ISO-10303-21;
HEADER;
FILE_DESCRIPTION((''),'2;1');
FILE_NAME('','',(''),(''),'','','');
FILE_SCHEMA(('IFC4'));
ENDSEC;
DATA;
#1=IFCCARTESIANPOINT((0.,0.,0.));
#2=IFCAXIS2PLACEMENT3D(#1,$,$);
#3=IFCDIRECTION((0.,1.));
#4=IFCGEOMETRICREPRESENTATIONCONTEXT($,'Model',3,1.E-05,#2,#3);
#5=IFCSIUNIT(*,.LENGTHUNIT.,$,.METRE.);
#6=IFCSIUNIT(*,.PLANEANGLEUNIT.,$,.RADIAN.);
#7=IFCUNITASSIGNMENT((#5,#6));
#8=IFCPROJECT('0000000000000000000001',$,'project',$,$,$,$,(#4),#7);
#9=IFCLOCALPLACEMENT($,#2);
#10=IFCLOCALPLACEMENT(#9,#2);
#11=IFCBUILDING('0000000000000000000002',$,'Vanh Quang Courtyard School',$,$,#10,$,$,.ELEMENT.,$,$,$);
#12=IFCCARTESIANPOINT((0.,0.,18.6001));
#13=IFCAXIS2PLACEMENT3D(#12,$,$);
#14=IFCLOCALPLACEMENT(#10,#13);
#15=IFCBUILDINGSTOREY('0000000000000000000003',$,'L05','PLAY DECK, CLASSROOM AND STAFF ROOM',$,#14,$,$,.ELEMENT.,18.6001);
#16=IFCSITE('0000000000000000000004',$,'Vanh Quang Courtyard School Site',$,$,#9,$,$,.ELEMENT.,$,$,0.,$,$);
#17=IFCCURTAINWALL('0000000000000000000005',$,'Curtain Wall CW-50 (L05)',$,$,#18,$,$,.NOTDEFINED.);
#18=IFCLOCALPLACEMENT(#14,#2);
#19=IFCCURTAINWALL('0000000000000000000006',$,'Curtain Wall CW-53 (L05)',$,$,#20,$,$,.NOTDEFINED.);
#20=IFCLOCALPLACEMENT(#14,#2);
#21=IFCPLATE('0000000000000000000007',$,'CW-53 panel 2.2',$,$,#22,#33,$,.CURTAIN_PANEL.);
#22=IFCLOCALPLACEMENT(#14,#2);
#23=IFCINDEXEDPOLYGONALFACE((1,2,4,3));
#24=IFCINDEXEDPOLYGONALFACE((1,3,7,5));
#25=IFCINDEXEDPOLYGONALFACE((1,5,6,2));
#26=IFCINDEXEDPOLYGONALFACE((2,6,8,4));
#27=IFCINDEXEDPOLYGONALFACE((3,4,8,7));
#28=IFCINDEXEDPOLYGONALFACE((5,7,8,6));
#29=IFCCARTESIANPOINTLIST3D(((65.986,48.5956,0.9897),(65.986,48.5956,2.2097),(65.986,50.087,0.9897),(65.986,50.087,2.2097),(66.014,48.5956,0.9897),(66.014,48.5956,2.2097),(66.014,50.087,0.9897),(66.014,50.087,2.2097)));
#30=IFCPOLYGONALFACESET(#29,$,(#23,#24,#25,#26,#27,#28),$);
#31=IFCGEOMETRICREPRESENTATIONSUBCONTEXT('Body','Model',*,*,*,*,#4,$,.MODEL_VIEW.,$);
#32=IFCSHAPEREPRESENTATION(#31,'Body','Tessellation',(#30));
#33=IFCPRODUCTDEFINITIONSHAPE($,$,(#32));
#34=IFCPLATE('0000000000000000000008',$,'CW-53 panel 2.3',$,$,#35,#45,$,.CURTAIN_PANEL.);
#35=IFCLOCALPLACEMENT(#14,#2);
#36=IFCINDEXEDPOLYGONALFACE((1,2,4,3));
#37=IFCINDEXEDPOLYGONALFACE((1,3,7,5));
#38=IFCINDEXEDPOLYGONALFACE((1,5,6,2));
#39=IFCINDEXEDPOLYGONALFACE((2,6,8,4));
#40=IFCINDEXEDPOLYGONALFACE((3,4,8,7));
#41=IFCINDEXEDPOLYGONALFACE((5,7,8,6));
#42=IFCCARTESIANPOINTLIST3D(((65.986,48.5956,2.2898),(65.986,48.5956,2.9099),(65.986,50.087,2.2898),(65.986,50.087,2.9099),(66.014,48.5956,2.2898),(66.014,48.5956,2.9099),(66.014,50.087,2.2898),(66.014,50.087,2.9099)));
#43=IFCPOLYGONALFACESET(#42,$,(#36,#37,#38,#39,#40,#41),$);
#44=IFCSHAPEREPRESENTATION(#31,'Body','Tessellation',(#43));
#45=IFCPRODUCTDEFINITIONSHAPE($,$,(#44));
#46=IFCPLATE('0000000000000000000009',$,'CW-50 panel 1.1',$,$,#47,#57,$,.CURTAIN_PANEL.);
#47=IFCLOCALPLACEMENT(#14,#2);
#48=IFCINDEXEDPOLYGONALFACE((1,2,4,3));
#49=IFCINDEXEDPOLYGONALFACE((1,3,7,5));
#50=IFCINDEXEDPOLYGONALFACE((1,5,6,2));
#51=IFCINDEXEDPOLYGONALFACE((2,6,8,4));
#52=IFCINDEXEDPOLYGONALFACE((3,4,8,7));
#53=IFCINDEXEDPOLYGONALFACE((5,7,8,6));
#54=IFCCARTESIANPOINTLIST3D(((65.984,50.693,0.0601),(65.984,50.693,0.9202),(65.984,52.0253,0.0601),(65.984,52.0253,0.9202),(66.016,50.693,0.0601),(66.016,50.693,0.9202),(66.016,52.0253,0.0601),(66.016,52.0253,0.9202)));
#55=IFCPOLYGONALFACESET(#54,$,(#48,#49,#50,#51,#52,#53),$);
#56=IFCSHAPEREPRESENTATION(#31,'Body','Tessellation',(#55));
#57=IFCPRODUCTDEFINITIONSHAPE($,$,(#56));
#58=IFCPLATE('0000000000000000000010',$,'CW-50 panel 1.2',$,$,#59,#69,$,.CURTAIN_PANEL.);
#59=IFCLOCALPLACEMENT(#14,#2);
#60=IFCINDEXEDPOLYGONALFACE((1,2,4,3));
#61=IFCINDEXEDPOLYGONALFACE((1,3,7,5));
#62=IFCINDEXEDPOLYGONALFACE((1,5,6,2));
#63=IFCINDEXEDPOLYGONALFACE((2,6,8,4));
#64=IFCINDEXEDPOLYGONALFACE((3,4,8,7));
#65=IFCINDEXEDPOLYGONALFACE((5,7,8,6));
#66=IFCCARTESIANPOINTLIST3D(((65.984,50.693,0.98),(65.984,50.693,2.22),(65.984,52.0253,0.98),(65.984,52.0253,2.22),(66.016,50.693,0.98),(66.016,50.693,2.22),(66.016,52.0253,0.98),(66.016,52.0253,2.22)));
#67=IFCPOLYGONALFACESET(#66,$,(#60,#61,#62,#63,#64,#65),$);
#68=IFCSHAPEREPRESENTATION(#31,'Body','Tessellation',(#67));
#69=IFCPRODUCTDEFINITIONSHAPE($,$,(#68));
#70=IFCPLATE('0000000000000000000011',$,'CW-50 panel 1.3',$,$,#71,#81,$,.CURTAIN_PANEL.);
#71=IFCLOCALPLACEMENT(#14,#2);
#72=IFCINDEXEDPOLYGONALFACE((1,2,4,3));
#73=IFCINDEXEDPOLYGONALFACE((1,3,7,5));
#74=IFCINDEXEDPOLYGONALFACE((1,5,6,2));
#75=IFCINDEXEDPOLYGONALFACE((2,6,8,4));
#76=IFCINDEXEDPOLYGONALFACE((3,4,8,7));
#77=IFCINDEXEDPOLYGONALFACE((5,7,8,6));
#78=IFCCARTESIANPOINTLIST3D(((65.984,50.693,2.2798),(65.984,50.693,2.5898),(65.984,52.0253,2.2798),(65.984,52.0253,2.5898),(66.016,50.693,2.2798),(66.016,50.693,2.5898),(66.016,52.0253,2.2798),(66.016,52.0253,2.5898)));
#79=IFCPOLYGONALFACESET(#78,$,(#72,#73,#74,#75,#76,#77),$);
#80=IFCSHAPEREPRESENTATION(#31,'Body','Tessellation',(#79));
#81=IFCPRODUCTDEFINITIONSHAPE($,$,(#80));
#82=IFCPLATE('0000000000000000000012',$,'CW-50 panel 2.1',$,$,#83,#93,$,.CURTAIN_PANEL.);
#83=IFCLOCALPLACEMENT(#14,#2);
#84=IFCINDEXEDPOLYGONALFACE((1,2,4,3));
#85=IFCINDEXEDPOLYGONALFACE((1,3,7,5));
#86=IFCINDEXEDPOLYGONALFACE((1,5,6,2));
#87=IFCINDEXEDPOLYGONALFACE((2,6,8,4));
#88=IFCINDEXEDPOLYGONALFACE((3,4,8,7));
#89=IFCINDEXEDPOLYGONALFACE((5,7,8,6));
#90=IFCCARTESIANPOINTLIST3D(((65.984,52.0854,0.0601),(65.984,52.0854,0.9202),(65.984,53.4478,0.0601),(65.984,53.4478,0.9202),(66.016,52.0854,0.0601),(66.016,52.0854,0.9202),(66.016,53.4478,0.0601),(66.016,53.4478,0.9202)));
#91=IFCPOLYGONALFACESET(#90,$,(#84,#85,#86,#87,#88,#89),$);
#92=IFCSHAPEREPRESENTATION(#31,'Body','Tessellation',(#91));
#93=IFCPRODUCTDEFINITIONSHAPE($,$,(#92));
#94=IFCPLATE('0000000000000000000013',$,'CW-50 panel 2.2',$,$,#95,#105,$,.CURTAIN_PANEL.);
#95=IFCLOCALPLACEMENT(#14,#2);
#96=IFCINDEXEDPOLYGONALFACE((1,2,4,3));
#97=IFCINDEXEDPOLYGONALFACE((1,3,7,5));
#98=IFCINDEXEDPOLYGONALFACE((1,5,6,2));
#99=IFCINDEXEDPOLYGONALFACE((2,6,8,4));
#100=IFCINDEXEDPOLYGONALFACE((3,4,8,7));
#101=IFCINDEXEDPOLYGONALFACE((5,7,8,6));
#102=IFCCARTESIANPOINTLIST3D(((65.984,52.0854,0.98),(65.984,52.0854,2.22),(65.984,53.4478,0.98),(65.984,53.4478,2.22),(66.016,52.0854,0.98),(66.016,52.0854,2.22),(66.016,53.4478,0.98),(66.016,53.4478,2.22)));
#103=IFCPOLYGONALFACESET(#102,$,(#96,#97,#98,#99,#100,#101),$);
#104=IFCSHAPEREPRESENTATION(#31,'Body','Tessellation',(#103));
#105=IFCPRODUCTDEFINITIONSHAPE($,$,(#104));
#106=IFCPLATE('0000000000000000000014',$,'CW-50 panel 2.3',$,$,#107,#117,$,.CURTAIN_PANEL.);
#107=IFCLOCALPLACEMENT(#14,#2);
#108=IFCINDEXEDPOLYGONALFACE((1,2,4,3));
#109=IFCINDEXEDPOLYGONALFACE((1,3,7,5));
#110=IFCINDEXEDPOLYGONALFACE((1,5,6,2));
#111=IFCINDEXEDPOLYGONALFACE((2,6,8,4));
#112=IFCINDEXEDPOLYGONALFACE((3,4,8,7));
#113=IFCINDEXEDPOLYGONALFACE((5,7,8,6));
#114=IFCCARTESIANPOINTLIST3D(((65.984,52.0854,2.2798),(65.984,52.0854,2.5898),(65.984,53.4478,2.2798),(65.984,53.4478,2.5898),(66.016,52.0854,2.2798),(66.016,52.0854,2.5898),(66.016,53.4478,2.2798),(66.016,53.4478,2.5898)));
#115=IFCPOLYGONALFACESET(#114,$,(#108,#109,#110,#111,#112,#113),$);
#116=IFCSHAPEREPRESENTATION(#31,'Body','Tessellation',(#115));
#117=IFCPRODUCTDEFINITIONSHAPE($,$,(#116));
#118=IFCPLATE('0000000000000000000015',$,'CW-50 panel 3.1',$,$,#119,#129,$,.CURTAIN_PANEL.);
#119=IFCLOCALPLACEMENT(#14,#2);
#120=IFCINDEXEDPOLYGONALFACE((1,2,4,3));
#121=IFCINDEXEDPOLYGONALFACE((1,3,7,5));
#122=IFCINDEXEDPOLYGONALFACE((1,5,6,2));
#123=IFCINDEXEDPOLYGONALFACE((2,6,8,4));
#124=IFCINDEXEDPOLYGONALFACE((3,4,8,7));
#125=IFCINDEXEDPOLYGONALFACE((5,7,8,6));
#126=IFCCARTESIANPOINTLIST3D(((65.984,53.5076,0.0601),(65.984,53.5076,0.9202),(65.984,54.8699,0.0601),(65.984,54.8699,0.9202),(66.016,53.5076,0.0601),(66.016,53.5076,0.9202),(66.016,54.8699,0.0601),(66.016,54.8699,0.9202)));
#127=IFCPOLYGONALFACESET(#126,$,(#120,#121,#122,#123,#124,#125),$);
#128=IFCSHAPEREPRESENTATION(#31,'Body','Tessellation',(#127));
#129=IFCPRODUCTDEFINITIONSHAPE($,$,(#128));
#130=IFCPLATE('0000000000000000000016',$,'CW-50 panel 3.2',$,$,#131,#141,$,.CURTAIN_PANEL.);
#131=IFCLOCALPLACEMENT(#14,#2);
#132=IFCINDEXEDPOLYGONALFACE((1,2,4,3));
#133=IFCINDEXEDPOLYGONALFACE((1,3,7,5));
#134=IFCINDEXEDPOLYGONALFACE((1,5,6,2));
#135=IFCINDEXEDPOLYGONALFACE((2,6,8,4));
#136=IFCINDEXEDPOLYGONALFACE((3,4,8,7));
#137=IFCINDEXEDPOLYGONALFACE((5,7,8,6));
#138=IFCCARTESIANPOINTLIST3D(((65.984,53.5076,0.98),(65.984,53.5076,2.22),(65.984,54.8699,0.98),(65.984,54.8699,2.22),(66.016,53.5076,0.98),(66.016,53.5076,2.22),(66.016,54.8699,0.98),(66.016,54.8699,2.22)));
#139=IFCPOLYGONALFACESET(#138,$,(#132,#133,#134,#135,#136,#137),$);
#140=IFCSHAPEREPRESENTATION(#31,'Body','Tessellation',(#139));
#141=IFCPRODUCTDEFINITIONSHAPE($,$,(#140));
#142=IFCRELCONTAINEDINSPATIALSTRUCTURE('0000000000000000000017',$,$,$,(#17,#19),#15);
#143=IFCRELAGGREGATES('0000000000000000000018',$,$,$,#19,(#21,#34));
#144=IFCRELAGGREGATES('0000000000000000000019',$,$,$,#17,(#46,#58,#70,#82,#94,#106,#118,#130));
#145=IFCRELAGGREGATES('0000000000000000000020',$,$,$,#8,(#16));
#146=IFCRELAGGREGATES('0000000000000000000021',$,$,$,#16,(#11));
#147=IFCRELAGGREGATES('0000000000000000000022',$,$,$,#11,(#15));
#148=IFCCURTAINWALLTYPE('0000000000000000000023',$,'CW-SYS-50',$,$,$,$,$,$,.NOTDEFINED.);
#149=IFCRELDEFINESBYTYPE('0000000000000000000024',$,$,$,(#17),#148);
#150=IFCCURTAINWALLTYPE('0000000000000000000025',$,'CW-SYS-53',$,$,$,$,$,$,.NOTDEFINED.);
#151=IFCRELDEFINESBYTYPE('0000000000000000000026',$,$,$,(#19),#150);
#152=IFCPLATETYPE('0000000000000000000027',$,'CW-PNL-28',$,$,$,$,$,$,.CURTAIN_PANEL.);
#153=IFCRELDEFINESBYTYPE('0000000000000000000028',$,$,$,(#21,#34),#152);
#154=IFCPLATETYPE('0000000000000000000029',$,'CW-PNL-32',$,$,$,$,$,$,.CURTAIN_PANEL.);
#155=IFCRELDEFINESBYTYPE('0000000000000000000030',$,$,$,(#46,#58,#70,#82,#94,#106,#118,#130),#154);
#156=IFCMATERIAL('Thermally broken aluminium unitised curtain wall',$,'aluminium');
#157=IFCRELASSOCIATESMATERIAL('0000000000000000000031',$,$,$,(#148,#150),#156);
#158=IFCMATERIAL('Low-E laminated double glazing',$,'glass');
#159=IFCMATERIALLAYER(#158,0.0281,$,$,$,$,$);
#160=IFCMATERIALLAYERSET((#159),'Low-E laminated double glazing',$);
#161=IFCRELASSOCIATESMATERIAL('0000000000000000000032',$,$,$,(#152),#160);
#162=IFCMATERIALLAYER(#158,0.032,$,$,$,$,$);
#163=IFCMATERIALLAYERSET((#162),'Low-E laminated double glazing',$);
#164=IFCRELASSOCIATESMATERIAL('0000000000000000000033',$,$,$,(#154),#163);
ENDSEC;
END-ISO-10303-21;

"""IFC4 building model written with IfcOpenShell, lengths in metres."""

from ifc_helpers import new_model, si_unit, direction, frame, origin, origin_2d, place, context, subcontext, project, spatial, rectangle, extrude, material, layer, layer_set, type_object, element, aggregate, save


model = new_model("IFC4")

# Units and contexts
model_context = context("Model", 3, precision=1e-05, world=origin(), true_north=direction((0.0, 1.0)))
body_context = subcontext(model_context, "Body", "Model", "MODEL_VIEW")
ifc_project = project(units=[si_unit("LENGTHUNIT", "METRE"), si_unit("PLANEANGLEUNIT", "RADIAN")], contexts=[model_context])

# Site, building, storey
site_placement = place(None, origin())
site = spatial("IfcSite", under=ifc_project, at=site_placement, Name="Vanh Quang Courtyard School Site", CompositionType="ELEMENT", RefElevation=0.0)
building_placement = place(site_placement, origin())
building = spatial("IfcBuilding", under=site, at=building_placement, Name="Vanh Quang Courtyard School", CompositionType="ELEMENT")
storey_placement = place(building_placement, frame((0.0, 0.0, 18.6001)))
storey = spatial("IfcBuildingStorey", under=building, at=storey_placement, Name="L05", Description="PLAY DECK, CLASSROOM AND STAFF ROOM", CompositionType="ELEMENT", Elevation=18.6001)

# Curtain walls
ifc_material_1 = material(Name="Thermally broken aluminium unitised curtain wall", Category="aluminium")
curtain_wall_type_1 = type_object("IfcCurtainWallType", Name="CW-SYS-50", PredefinedType="NOTDEFINED", material=ifc_material_1)
curtain_wall_1_placement = place(storey_placement, origin())
curtain_wall_1 = element("IfcCurtainWall", 1, at=curtain_wall_1_placement, inside=storey, type_object=curtain_wall_type_1, Name="Curtain Wall CW-50 (L05)", PredefinedType="NOTDEFINED")
curtain_wall_type_2 = type_object("IfcCurtainWallType", Name="CW-SYS-53", PredefinedType="NOTDEFINED", material=ifc_material_1)
curtain_wall_2_placement = place(storey_placement, origin())
curtain_wall_2 = element("IfcCurtainWall", 2, at=curtain_wall_2_placement, inside=storey, type_object=curtain_wall_type_2, Name="Curtain Wall CW-53 (L05)", PredefinedType="NOTDEFINED")

# Plates
ifc_material_2 = material(Name="Low-E laminated double glazing", Category="glass")
ifc_layer_1 = layer(ifc_material_2, 0.0281)
ifc_layer_set_1 = layer_set([ifc_layer_1], Name="Low-E laminated double glazing")
plate_type_1 = type_object("IfcPlateType", Name="CW-PNL-28", PredefinedType="CURTAIN_PANEL", material=ifc_layer_set_1)
plate_1_placement = place(storey_placement, frame((66.0, 49.3413, 0.9897), z_axis=(0.0, 0.0, 1.0), x_axis=(0.0, 1.0, 0.0)))
plate_1 = element("IfcPlate", 3, at=plate_1_placement, type_object=plate_type_1, Name="CW-53 panel 2.2", PredefinedType="CURTAIN_PANEL", context=body_context, shape_type="SweptSolid", body=[
    extrude(rectangle(XDim=1.4915, YDim=0.0281, at=origin_2d()), origin(), (0.0, 0.0, 1.0), 1.22),
])
plate_2_placement = place(storey_placement, frame((66.0, 49.3413, 2.2898), z_axis=(0.0, 0.0, 1.0), x_axis=(0.0, 1.0, 0.0)))
plate_2 = element("IfcPlate", 4, at=plate_2_placement, type_object=plate_type_1, Name="CW-53 panel 2.3", PredefinedType="CURTAIN_PANEL", context=body_context, shape_type="SweptSolid", body=[
    extrude(rectangle(XDim=1.4915, YDim=0.0281, at=origin_2d()), origin(), (0.0, 0.0, 1.0), 0.6201),
])
aggregate(curtain_wall_2, [plate_1, plate_2])
ifc_layer_2 = layer(ifc_material_2, 0.032)
ifc_layer_set_2 = layer_set([ifc_layer_2], Name="Low-E laminated double glazing")
plate_type_2 = type_object("IfcPlateType", Name="CW-PNL-32", PredefinedType="CURTAIN_PANEL", material=ifc_layer_set_2)
plate_3_placement = place(storey_placement, frame((66.0, 51.3591, 0.0601), z_axis=(0.0, 0.0, 1.0), x_axis=(0.0, 1.0, 0.0)))
plate_3 = element("IfcPlate", 5, at=plate_3_placement, type_object=plate_type_2, Name="CW-50 panel 1.1", PredefinedType="CURTAIN_PANEL", context=body_context, shape_type="SweptSolid", body=[
    extrude(rectangle(XDim=1.3323, YDim=0.032, at=origin_2d()), origin(), (0.0, 0.0, 1.0), 0.8601),
])
plate_4_placement = place(storey_placement, frame((66.0, 51.3591, 0.98), z_axis=(0.0, 0.0, 1.0), x_axis=(0.0, 1.0, 0.0)))
plate_4 = element("IfcPlate", 6, at=plate_4_placement, type_object=plate_type_2, Name="CW-50 panel 1.2", PredefinedType="CURTAIN_PANEL", context=body_context, shape_type="SweptSolid", body=[
    extrude(rectangle(XDim=1.3323, YDim=0.032, at=origin_2d()), origin(), (0.0, 0.0, 1.0), 1.24),
])
plate_5_placement = place(storey_placement, frame((66.0, 51.3591, 2.2798), z_axis=(0.0, 0.0, 1.0), x_axis=(0.0, 1.0, 0.0)))
plate_5 = element("IfcPlate", 7, at=plate_5_placement, type_object=plate_type_2, Name="CW-50 panel 1.3", PredefinedType="CURTAIN_PANEL", context=body_context, shape_type="SweptSolid", body=[
    extrude(rectangle(XDim=1.3323, YDim=0.032, at=origin_2d()), origin(), (0.0, 0.0, 1.0), 0.3101),
])
plate_6_placement = place(storey_placement, frame((66.0, 52.7666, 0.0601), z_axis=(0.0, 0.0, 1.0), x_axis=(0.0, 1.0, 0.0)))
plate_6 = element("IfcPlate", 8, at=plate_6_placement, type_object=plate_type_2, Name="CW-50 panel 2.1", PredefinedType="CURTAIN_PANEL", context=body_context, shape_type="SweptSolid", body=[
    extrude(rectangle(XDim=1.3623, YDim=0.032, at=origin_2d()), origin(), (0.0, 0.0, 1.0), 0.8601),
])
plate_7_placement = place(storey_placement, frame((66.0, 52.7666, 0.98), z_axis=(0.0, 0.0, 1.0), x_axis=(0.0, 1.0, 0.0)))
plate_7 = element("IfcPlate", 9, at=plate_7_placement, type_object=plate_type_2, Name="CW-50 panel 2.2", PredefinedType="CURTAIN_PANEL", context=body_context, shape_type="SweptSolid", body=[
    extrude(rectangle(XDim=1.3623, YDim=0.032, at=origin_2d()), origin(), (0.0, 0.0, 1.0), 1.24),
])
plate_8_placement = place(storey_placement, frame((66.0, 52.7666, 2.2798), z_axis=(0.0, 0.0, 1.0), x_axis=(0.0, 1.0, 0.0)))
plate_8 = element("IfcPlate", 10, at=plate_8_placement, type_object=plate_type_2, Name="CW-50 panel 2.3", PredefinedType="CURTAIN_PANEL", context=body_context, shape_type="SweptSolid", body=[
    extrude(rectangle(XDim=1.3623, YDim=0.032, at=origin_2d()), origin(), (0.0, 0.0, 1.0), 0.3101),
])
plate_9_placement = place(storey_placement, frame((66.0, 54.1887, 0.0601), z_axis=(0.0, 0.0, 1.0), x_axis=(0.0, 1.0, 0.0)))
plate_9 = element("IfcPlate", 11, at=plate_9_placement, type_object=plate_type_2, Name="CW-50 panel 3.1", PredefinedType="CURTAIN_PANEL", context=body_context, shape_type="SweptSolid", body=[
    extrude(rectangle(XDim=1.3623, YDim=0.032, at=origin_2d()), origin(), (0.0, 0.0, 1.0), 0.8601),
])
plate_10_placement = place(storey_placement, frame((66.0, 54.1887, 0.98), z_axis=(0.0, 0.0, 1.0), x_axis=(0.0, 1.0, 0.0)))
plate_10 = element("IfcPlate", 12, at=plate_10_placement, type_object=plate_type_2, Name="CW-50 panel 3.2", PredefinedType="CURTAIN_PANEL", context=body_context, shape_type="SweptSolid", body=[
    extrude(rectangle(XDim=1.3623, YDim=0.032, at=origin_2d()), origin(), (0.0, 0.0, 1.0), 1.24),
])
aggregate(curtain_wall_1, [plate_3, plate_4, plate_5, plate_6, plate_7, plate_8, plate_9, plate_10])

save(model, "model.ifc")
